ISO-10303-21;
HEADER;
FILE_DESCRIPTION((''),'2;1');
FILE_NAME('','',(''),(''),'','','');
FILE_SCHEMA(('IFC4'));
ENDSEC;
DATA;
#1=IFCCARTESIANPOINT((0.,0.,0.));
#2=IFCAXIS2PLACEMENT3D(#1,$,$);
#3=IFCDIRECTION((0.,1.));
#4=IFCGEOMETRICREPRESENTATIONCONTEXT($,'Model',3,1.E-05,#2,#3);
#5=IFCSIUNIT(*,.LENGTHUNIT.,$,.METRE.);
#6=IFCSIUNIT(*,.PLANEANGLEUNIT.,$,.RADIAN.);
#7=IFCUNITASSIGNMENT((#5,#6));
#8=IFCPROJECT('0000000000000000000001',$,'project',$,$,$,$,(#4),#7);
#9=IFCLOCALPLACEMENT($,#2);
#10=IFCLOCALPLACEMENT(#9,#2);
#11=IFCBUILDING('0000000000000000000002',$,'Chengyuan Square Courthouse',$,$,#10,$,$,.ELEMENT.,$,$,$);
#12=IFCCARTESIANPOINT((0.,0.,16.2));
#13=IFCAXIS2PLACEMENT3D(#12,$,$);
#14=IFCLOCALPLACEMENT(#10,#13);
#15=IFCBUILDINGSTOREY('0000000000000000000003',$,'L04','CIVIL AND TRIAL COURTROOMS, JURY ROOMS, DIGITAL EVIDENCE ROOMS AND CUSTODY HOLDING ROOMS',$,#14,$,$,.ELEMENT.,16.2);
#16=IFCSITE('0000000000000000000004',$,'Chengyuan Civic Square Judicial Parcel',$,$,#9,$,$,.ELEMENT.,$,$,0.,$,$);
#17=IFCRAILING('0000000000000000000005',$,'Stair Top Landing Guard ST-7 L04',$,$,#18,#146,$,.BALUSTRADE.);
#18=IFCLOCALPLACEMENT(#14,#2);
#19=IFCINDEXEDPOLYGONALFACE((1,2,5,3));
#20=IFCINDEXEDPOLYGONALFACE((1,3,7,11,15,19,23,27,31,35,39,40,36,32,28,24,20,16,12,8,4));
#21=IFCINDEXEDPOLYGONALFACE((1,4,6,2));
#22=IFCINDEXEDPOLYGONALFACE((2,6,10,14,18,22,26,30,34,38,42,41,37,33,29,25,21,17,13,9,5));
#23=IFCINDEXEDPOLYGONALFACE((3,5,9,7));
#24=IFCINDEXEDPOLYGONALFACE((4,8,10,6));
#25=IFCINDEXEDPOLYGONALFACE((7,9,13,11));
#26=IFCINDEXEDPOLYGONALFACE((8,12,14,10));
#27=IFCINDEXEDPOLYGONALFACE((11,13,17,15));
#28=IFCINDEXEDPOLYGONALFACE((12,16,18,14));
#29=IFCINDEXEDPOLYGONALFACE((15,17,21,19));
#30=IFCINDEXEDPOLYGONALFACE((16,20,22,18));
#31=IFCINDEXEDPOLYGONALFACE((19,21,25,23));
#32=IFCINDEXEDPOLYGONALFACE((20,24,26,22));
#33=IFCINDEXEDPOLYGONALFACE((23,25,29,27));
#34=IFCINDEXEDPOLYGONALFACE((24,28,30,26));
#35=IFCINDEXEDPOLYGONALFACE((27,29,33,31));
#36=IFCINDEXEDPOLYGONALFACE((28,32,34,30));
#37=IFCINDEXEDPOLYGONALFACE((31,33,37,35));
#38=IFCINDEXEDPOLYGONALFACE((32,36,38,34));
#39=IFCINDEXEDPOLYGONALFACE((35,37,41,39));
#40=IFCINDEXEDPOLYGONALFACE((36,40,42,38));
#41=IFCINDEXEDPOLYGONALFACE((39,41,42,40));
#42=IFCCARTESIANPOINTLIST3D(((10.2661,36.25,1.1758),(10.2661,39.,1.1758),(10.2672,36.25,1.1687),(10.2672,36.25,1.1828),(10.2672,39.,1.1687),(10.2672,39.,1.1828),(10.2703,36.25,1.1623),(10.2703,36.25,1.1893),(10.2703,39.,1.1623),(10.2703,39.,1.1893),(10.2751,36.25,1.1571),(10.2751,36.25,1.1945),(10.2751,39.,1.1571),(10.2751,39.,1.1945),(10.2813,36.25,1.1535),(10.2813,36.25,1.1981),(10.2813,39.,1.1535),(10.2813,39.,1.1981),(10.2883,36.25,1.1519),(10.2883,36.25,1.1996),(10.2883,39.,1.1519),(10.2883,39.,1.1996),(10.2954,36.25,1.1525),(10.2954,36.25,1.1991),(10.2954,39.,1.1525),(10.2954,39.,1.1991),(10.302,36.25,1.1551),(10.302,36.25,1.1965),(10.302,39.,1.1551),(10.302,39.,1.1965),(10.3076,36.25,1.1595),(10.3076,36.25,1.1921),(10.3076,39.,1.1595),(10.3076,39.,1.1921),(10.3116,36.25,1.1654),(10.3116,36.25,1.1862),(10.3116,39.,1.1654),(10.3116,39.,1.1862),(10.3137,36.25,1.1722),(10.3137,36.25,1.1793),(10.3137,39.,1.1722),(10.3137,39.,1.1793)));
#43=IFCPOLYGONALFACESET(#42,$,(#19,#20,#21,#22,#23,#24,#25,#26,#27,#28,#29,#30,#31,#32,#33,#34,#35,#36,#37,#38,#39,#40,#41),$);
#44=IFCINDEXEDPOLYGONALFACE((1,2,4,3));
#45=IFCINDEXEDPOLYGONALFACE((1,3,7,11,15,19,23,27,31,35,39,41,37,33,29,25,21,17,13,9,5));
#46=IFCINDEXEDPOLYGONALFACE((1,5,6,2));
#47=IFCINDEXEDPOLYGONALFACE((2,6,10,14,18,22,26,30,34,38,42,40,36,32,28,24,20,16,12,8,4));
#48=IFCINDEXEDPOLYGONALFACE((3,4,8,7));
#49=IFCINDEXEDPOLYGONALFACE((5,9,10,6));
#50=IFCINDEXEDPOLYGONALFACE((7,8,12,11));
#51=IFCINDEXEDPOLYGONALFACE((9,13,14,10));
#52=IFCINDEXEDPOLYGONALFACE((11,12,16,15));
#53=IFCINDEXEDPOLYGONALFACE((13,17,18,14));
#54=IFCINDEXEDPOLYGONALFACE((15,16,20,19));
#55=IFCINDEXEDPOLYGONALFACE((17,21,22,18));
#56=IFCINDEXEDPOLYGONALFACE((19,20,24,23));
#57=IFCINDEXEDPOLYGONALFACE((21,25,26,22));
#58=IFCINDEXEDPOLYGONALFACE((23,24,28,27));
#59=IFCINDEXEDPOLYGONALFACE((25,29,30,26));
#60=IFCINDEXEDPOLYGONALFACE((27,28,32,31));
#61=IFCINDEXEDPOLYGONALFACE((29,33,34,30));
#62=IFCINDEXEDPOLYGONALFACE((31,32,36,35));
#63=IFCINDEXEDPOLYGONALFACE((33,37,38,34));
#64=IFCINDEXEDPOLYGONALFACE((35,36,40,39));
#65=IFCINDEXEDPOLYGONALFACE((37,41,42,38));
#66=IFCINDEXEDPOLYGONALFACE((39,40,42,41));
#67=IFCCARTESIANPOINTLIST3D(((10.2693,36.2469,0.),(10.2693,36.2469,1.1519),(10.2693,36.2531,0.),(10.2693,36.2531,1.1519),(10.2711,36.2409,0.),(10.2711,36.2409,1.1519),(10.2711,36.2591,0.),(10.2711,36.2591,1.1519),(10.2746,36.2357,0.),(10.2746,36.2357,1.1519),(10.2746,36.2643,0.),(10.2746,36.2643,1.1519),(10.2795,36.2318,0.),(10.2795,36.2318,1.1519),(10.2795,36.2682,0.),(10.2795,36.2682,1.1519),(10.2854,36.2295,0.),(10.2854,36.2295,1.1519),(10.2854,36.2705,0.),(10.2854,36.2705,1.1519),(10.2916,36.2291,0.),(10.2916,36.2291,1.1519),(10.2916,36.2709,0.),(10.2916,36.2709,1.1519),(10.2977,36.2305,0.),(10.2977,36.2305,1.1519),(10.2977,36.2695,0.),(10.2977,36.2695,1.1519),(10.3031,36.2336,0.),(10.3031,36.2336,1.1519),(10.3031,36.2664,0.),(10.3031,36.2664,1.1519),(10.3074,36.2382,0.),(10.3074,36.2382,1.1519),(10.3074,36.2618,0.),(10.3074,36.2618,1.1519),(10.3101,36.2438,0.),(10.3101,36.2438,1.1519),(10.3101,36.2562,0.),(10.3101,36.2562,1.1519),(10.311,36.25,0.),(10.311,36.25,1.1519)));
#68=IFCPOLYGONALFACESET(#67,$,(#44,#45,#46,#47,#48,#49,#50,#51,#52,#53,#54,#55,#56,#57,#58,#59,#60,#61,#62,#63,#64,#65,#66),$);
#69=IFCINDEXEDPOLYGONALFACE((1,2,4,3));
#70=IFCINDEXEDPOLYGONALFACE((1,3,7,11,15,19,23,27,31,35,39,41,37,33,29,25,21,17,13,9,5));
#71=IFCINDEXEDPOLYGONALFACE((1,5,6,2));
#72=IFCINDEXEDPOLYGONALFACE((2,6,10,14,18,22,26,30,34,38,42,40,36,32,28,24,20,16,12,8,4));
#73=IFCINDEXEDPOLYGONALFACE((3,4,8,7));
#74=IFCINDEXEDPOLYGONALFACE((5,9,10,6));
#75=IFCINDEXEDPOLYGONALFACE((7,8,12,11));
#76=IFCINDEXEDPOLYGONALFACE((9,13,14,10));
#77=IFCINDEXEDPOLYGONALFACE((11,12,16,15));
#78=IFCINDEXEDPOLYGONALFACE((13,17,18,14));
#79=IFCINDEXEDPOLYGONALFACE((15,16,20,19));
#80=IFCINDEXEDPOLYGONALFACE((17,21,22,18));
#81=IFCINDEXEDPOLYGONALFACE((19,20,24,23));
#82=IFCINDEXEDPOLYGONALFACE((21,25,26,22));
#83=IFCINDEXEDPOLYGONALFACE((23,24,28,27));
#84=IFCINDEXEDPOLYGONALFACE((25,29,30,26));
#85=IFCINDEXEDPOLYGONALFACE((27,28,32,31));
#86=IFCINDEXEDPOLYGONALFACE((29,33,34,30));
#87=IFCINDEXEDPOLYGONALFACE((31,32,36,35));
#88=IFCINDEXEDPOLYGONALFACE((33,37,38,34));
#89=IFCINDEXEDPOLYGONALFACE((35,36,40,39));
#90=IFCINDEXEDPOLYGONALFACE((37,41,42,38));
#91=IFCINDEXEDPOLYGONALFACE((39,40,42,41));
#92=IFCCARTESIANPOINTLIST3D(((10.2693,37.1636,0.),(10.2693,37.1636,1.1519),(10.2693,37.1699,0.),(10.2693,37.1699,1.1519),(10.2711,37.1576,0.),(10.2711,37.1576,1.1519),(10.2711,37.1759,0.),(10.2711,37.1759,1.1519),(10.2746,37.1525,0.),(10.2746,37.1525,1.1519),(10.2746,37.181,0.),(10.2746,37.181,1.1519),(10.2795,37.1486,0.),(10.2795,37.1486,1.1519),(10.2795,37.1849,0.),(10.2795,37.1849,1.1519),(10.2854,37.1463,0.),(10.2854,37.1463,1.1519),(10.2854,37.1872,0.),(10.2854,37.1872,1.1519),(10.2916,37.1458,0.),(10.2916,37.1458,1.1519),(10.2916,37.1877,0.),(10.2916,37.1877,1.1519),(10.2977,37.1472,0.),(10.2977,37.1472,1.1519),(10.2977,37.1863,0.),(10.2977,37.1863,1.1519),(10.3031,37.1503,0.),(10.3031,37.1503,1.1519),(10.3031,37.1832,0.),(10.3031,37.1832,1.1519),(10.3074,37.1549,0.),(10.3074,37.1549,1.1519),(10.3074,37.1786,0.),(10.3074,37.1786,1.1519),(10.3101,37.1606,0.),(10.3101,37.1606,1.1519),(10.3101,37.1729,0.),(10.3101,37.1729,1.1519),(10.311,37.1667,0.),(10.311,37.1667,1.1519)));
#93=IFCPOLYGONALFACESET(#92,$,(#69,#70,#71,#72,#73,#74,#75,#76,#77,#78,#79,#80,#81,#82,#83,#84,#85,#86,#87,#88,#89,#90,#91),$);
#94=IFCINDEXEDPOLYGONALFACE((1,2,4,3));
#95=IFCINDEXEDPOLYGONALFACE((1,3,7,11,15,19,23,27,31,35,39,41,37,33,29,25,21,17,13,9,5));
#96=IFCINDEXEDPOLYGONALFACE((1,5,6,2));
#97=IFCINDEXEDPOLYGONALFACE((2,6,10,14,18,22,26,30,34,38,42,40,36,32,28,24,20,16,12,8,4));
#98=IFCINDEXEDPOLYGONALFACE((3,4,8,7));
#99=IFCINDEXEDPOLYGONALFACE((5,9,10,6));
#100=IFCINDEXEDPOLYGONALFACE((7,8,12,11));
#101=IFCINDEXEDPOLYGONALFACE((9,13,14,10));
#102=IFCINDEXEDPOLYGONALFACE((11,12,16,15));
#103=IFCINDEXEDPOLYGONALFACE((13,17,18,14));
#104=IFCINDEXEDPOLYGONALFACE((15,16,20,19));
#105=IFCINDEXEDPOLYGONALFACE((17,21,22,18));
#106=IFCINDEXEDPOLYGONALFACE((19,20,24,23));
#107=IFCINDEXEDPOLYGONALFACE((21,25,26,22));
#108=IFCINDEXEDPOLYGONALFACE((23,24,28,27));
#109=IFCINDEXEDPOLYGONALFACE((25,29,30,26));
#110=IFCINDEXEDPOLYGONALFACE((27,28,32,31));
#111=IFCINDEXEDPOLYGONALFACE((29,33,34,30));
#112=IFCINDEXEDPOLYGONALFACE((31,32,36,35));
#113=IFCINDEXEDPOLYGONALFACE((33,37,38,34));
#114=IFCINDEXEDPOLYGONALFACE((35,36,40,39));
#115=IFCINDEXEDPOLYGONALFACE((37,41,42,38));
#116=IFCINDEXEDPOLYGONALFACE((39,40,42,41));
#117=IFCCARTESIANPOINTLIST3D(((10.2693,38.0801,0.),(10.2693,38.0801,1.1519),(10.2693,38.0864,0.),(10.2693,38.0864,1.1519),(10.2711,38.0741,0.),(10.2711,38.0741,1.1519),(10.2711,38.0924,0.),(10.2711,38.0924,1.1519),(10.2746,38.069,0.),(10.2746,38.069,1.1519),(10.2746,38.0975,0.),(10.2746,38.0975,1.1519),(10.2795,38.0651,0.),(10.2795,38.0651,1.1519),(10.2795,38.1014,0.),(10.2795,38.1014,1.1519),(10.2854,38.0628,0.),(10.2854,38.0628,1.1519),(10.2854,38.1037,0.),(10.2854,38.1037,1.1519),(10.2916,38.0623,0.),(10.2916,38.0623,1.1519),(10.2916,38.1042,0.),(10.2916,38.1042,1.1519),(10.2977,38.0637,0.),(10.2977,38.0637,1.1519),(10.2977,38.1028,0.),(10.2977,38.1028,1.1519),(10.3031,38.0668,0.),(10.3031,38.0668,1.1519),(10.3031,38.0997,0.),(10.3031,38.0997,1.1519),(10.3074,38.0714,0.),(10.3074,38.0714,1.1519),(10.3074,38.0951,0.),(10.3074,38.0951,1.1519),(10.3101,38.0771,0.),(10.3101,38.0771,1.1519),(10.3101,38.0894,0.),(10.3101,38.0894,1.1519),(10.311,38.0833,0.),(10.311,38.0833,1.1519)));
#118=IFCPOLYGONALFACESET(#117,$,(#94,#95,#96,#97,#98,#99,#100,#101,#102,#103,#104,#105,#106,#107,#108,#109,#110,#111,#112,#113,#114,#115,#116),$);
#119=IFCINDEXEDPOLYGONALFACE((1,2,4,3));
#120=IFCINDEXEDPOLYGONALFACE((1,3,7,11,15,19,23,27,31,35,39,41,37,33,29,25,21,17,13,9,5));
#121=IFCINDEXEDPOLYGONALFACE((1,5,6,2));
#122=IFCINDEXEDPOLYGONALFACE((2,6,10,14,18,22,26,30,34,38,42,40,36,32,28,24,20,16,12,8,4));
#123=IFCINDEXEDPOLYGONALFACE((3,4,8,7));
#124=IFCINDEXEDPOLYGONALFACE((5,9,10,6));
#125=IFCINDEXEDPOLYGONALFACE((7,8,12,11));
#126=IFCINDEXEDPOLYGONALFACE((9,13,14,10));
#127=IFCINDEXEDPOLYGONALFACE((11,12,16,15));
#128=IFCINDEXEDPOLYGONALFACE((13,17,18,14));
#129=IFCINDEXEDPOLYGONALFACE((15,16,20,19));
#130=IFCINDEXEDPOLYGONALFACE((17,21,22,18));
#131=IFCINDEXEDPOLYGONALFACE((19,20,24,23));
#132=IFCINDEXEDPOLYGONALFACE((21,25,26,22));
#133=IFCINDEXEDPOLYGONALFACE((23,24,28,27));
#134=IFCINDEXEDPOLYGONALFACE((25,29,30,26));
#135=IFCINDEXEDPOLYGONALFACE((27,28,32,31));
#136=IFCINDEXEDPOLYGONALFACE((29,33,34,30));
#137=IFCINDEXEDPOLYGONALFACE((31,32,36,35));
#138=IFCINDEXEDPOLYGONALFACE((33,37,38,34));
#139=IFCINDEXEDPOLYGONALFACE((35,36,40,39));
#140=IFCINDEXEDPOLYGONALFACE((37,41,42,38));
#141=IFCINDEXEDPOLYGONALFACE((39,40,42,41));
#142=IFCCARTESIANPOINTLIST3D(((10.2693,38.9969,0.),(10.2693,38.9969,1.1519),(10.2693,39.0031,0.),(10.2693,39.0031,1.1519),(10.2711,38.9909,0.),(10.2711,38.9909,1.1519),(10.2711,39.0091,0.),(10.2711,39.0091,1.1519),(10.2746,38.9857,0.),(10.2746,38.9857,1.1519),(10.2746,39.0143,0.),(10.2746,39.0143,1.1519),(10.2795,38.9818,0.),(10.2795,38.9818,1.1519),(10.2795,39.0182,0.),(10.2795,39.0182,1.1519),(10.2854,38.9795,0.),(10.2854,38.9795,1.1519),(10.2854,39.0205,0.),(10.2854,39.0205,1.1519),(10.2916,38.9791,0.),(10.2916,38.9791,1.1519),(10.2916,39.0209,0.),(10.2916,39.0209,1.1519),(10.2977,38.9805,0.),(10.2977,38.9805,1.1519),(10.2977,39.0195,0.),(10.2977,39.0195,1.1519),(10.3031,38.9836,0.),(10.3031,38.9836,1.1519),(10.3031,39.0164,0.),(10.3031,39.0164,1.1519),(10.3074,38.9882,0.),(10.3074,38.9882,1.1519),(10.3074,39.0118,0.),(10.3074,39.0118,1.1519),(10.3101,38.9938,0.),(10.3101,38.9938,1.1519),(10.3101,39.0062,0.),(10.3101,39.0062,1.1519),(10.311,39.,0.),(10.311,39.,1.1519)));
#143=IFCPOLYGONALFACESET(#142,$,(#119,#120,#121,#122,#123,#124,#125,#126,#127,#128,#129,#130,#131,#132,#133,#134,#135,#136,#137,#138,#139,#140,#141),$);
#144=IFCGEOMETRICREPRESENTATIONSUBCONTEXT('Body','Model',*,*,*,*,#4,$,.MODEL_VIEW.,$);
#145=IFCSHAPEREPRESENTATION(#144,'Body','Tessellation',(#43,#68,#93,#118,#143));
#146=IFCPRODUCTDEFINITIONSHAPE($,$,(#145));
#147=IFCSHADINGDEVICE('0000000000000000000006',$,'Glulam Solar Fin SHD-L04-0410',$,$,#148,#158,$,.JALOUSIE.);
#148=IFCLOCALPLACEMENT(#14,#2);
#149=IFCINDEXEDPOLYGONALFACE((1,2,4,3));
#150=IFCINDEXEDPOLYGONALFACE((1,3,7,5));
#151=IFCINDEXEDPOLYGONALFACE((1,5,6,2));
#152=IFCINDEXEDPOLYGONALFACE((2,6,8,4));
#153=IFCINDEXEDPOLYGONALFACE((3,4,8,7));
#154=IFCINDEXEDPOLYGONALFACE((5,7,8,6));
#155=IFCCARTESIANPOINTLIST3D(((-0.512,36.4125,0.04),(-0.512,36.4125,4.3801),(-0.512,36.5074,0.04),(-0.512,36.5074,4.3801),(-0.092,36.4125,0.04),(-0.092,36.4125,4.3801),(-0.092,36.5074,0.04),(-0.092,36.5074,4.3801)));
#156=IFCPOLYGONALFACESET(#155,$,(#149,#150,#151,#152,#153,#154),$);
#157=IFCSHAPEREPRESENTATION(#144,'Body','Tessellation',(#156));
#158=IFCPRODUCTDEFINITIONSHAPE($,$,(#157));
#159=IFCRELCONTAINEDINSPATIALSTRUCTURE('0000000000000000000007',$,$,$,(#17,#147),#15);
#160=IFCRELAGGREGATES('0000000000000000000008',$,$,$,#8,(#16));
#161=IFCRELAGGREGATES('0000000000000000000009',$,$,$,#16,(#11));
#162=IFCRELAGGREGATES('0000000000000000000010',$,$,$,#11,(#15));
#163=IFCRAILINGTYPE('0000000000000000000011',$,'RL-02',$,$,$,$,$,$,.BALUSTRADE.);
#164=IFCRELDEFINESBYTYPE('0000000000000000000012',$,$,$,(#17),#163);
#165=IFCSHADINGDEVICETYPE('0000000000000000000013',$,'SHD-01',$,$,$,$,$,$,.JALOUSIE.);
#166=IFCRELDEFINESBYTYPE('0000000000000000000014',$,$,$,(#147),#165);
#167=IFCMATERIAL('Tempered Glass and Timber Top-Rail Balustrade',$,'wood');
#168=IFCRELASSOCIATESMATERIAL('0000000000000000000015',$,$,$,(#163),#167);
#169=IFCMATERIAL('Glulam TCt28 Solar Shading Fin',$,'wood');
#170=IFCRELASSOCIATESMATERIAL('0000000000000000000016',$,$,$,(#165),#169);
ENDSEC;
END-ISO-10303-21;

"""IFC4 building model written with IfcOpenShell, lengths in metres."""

from ifc_helpers import new_model, si_unit, direction, frame, origin, origin_2d, place, context, subcontext, project, spatial, rectangle, circle, extrude, material, type_object, element, save


model = new_model("IFC4")

# Units and contexts
model_context = context("Model", 3, precision=1e-05, world=origin(), true_north=direction((0.0, 1.0)))
body_context = subcontext(model_context, "Body", "Model", "MODEL_VIEW")
ifc_project = project(units=[si_unit("LENGTHUNIT", "METRE"), si_unit("PLANEANGLEUNIT", "RADIAN")], contexts=[model_context])

# Site, building, storey
site_placement = place(None, origin())
site = spatial("IfcSite", under=ifc_project, at=site_placement, Name="Chengyuan Civic Square Judicial Parcel", CompositionType="ELEMENT", RefElevation=0.0)
building_placement = place(site_placement, origin())
building = spatial("IfcBuilding", under=site, at=building_placement, Name="Chengyuan Square Courthouse", CompositionType="ELEMENT")
storey_placement = place(building_placement, frame((0.0, 0.0, 16.2)))
storey = spatial("IfcBuildingStorey", under=building, at=storey_placement, Name="L04", Description="CIVIL AND TRIAL COURTROOMS, JURY ROOMS, DIGITAL EVIDENCE ROOMS AND CUSTODY HOLDING ROOMS", CompositionType="ELEMENT", Elevation=16.2)

# Railing
ifc_material_1 = material(Name="Tempered Glass and Timber Top-Rail Balustrade", Category="wood")
railing_type = type_object("IfcRailingType", Name="RL-02", PredefinedType="BALUSTRADE", material=ifc_material_1)
railing_placement = place(storey_placement, frame((10.29, 36.25, 0.0)))
element("IfcRailing", 1, at=railing_placement, inside=storey, type_object=railing_type, Name="Stair Top Landing Guard ST-7 L04", PredefinedType="BALUSTRADE", context=body_context, shape_type="SweptSolid", body=[
    extrude(circle(Radius=0.0239, at=origin_2d()), frame((0.0, 0.0, 1.1758), z_axis=(0.0, 1.0, 0.0), x_axis=(-1.0, 0.0, 0.0)), (0.0, 0.0, 1.0), 2.75),
    extrude(circle(Radius=0.021, at=origin_2d()), origin(), (0.0, 0.0, 1.0), 1.1519),
    extrude(circle(Radius=0.021, at=origin_2d()), frame((0.0, 0.9167, 0.0)), (0.0, 0.0, 1.0), 1.1519),
    extrude(circle(Radius=0.021, at=origin_2d()), frame((0.0, 1.8333, 0.0)), (0.0, 0.0, 1.0), 1.1519),
    extrude(circle(Radius=0.021, at=origin_2d()), frame((0.0, 2.75, 0.0)), (0.0, 0.0, 1.0), 1.1519),
])

# Shading device
ifc_material_2 = material(Name="Glulam TCt28 Solar Shading Fin", Category="wood")
shading_device_type = type_object("IfcShadingDeviceType", Name="SHD-01", PredefinedType="JALOUSIE", material=ifc_material_2)
shading_device_placement = place(storey_placement, frame((-0.302, 36.46, 0.04), z_axis=(0.0, 0.0, 1.0), x_axis=(1.0, 0.0, 0.0)))
element("IfcShadingDevice", 2, at=shading_device_placement, inside=storey, type_object=shading_device_type, Name="Glulam Solar Fin SHD-L04-0410", PredefinedType="JALOUSIE", context=body_context, shape_type="SweptSolid", body=[
    extrude(rectangle(XDim=0.4199, YDim=0.095, at=origin_2d()), origin(), (0.0, 0.0, 1.0), 4.3401),
])

save(model, "model.ifc")
